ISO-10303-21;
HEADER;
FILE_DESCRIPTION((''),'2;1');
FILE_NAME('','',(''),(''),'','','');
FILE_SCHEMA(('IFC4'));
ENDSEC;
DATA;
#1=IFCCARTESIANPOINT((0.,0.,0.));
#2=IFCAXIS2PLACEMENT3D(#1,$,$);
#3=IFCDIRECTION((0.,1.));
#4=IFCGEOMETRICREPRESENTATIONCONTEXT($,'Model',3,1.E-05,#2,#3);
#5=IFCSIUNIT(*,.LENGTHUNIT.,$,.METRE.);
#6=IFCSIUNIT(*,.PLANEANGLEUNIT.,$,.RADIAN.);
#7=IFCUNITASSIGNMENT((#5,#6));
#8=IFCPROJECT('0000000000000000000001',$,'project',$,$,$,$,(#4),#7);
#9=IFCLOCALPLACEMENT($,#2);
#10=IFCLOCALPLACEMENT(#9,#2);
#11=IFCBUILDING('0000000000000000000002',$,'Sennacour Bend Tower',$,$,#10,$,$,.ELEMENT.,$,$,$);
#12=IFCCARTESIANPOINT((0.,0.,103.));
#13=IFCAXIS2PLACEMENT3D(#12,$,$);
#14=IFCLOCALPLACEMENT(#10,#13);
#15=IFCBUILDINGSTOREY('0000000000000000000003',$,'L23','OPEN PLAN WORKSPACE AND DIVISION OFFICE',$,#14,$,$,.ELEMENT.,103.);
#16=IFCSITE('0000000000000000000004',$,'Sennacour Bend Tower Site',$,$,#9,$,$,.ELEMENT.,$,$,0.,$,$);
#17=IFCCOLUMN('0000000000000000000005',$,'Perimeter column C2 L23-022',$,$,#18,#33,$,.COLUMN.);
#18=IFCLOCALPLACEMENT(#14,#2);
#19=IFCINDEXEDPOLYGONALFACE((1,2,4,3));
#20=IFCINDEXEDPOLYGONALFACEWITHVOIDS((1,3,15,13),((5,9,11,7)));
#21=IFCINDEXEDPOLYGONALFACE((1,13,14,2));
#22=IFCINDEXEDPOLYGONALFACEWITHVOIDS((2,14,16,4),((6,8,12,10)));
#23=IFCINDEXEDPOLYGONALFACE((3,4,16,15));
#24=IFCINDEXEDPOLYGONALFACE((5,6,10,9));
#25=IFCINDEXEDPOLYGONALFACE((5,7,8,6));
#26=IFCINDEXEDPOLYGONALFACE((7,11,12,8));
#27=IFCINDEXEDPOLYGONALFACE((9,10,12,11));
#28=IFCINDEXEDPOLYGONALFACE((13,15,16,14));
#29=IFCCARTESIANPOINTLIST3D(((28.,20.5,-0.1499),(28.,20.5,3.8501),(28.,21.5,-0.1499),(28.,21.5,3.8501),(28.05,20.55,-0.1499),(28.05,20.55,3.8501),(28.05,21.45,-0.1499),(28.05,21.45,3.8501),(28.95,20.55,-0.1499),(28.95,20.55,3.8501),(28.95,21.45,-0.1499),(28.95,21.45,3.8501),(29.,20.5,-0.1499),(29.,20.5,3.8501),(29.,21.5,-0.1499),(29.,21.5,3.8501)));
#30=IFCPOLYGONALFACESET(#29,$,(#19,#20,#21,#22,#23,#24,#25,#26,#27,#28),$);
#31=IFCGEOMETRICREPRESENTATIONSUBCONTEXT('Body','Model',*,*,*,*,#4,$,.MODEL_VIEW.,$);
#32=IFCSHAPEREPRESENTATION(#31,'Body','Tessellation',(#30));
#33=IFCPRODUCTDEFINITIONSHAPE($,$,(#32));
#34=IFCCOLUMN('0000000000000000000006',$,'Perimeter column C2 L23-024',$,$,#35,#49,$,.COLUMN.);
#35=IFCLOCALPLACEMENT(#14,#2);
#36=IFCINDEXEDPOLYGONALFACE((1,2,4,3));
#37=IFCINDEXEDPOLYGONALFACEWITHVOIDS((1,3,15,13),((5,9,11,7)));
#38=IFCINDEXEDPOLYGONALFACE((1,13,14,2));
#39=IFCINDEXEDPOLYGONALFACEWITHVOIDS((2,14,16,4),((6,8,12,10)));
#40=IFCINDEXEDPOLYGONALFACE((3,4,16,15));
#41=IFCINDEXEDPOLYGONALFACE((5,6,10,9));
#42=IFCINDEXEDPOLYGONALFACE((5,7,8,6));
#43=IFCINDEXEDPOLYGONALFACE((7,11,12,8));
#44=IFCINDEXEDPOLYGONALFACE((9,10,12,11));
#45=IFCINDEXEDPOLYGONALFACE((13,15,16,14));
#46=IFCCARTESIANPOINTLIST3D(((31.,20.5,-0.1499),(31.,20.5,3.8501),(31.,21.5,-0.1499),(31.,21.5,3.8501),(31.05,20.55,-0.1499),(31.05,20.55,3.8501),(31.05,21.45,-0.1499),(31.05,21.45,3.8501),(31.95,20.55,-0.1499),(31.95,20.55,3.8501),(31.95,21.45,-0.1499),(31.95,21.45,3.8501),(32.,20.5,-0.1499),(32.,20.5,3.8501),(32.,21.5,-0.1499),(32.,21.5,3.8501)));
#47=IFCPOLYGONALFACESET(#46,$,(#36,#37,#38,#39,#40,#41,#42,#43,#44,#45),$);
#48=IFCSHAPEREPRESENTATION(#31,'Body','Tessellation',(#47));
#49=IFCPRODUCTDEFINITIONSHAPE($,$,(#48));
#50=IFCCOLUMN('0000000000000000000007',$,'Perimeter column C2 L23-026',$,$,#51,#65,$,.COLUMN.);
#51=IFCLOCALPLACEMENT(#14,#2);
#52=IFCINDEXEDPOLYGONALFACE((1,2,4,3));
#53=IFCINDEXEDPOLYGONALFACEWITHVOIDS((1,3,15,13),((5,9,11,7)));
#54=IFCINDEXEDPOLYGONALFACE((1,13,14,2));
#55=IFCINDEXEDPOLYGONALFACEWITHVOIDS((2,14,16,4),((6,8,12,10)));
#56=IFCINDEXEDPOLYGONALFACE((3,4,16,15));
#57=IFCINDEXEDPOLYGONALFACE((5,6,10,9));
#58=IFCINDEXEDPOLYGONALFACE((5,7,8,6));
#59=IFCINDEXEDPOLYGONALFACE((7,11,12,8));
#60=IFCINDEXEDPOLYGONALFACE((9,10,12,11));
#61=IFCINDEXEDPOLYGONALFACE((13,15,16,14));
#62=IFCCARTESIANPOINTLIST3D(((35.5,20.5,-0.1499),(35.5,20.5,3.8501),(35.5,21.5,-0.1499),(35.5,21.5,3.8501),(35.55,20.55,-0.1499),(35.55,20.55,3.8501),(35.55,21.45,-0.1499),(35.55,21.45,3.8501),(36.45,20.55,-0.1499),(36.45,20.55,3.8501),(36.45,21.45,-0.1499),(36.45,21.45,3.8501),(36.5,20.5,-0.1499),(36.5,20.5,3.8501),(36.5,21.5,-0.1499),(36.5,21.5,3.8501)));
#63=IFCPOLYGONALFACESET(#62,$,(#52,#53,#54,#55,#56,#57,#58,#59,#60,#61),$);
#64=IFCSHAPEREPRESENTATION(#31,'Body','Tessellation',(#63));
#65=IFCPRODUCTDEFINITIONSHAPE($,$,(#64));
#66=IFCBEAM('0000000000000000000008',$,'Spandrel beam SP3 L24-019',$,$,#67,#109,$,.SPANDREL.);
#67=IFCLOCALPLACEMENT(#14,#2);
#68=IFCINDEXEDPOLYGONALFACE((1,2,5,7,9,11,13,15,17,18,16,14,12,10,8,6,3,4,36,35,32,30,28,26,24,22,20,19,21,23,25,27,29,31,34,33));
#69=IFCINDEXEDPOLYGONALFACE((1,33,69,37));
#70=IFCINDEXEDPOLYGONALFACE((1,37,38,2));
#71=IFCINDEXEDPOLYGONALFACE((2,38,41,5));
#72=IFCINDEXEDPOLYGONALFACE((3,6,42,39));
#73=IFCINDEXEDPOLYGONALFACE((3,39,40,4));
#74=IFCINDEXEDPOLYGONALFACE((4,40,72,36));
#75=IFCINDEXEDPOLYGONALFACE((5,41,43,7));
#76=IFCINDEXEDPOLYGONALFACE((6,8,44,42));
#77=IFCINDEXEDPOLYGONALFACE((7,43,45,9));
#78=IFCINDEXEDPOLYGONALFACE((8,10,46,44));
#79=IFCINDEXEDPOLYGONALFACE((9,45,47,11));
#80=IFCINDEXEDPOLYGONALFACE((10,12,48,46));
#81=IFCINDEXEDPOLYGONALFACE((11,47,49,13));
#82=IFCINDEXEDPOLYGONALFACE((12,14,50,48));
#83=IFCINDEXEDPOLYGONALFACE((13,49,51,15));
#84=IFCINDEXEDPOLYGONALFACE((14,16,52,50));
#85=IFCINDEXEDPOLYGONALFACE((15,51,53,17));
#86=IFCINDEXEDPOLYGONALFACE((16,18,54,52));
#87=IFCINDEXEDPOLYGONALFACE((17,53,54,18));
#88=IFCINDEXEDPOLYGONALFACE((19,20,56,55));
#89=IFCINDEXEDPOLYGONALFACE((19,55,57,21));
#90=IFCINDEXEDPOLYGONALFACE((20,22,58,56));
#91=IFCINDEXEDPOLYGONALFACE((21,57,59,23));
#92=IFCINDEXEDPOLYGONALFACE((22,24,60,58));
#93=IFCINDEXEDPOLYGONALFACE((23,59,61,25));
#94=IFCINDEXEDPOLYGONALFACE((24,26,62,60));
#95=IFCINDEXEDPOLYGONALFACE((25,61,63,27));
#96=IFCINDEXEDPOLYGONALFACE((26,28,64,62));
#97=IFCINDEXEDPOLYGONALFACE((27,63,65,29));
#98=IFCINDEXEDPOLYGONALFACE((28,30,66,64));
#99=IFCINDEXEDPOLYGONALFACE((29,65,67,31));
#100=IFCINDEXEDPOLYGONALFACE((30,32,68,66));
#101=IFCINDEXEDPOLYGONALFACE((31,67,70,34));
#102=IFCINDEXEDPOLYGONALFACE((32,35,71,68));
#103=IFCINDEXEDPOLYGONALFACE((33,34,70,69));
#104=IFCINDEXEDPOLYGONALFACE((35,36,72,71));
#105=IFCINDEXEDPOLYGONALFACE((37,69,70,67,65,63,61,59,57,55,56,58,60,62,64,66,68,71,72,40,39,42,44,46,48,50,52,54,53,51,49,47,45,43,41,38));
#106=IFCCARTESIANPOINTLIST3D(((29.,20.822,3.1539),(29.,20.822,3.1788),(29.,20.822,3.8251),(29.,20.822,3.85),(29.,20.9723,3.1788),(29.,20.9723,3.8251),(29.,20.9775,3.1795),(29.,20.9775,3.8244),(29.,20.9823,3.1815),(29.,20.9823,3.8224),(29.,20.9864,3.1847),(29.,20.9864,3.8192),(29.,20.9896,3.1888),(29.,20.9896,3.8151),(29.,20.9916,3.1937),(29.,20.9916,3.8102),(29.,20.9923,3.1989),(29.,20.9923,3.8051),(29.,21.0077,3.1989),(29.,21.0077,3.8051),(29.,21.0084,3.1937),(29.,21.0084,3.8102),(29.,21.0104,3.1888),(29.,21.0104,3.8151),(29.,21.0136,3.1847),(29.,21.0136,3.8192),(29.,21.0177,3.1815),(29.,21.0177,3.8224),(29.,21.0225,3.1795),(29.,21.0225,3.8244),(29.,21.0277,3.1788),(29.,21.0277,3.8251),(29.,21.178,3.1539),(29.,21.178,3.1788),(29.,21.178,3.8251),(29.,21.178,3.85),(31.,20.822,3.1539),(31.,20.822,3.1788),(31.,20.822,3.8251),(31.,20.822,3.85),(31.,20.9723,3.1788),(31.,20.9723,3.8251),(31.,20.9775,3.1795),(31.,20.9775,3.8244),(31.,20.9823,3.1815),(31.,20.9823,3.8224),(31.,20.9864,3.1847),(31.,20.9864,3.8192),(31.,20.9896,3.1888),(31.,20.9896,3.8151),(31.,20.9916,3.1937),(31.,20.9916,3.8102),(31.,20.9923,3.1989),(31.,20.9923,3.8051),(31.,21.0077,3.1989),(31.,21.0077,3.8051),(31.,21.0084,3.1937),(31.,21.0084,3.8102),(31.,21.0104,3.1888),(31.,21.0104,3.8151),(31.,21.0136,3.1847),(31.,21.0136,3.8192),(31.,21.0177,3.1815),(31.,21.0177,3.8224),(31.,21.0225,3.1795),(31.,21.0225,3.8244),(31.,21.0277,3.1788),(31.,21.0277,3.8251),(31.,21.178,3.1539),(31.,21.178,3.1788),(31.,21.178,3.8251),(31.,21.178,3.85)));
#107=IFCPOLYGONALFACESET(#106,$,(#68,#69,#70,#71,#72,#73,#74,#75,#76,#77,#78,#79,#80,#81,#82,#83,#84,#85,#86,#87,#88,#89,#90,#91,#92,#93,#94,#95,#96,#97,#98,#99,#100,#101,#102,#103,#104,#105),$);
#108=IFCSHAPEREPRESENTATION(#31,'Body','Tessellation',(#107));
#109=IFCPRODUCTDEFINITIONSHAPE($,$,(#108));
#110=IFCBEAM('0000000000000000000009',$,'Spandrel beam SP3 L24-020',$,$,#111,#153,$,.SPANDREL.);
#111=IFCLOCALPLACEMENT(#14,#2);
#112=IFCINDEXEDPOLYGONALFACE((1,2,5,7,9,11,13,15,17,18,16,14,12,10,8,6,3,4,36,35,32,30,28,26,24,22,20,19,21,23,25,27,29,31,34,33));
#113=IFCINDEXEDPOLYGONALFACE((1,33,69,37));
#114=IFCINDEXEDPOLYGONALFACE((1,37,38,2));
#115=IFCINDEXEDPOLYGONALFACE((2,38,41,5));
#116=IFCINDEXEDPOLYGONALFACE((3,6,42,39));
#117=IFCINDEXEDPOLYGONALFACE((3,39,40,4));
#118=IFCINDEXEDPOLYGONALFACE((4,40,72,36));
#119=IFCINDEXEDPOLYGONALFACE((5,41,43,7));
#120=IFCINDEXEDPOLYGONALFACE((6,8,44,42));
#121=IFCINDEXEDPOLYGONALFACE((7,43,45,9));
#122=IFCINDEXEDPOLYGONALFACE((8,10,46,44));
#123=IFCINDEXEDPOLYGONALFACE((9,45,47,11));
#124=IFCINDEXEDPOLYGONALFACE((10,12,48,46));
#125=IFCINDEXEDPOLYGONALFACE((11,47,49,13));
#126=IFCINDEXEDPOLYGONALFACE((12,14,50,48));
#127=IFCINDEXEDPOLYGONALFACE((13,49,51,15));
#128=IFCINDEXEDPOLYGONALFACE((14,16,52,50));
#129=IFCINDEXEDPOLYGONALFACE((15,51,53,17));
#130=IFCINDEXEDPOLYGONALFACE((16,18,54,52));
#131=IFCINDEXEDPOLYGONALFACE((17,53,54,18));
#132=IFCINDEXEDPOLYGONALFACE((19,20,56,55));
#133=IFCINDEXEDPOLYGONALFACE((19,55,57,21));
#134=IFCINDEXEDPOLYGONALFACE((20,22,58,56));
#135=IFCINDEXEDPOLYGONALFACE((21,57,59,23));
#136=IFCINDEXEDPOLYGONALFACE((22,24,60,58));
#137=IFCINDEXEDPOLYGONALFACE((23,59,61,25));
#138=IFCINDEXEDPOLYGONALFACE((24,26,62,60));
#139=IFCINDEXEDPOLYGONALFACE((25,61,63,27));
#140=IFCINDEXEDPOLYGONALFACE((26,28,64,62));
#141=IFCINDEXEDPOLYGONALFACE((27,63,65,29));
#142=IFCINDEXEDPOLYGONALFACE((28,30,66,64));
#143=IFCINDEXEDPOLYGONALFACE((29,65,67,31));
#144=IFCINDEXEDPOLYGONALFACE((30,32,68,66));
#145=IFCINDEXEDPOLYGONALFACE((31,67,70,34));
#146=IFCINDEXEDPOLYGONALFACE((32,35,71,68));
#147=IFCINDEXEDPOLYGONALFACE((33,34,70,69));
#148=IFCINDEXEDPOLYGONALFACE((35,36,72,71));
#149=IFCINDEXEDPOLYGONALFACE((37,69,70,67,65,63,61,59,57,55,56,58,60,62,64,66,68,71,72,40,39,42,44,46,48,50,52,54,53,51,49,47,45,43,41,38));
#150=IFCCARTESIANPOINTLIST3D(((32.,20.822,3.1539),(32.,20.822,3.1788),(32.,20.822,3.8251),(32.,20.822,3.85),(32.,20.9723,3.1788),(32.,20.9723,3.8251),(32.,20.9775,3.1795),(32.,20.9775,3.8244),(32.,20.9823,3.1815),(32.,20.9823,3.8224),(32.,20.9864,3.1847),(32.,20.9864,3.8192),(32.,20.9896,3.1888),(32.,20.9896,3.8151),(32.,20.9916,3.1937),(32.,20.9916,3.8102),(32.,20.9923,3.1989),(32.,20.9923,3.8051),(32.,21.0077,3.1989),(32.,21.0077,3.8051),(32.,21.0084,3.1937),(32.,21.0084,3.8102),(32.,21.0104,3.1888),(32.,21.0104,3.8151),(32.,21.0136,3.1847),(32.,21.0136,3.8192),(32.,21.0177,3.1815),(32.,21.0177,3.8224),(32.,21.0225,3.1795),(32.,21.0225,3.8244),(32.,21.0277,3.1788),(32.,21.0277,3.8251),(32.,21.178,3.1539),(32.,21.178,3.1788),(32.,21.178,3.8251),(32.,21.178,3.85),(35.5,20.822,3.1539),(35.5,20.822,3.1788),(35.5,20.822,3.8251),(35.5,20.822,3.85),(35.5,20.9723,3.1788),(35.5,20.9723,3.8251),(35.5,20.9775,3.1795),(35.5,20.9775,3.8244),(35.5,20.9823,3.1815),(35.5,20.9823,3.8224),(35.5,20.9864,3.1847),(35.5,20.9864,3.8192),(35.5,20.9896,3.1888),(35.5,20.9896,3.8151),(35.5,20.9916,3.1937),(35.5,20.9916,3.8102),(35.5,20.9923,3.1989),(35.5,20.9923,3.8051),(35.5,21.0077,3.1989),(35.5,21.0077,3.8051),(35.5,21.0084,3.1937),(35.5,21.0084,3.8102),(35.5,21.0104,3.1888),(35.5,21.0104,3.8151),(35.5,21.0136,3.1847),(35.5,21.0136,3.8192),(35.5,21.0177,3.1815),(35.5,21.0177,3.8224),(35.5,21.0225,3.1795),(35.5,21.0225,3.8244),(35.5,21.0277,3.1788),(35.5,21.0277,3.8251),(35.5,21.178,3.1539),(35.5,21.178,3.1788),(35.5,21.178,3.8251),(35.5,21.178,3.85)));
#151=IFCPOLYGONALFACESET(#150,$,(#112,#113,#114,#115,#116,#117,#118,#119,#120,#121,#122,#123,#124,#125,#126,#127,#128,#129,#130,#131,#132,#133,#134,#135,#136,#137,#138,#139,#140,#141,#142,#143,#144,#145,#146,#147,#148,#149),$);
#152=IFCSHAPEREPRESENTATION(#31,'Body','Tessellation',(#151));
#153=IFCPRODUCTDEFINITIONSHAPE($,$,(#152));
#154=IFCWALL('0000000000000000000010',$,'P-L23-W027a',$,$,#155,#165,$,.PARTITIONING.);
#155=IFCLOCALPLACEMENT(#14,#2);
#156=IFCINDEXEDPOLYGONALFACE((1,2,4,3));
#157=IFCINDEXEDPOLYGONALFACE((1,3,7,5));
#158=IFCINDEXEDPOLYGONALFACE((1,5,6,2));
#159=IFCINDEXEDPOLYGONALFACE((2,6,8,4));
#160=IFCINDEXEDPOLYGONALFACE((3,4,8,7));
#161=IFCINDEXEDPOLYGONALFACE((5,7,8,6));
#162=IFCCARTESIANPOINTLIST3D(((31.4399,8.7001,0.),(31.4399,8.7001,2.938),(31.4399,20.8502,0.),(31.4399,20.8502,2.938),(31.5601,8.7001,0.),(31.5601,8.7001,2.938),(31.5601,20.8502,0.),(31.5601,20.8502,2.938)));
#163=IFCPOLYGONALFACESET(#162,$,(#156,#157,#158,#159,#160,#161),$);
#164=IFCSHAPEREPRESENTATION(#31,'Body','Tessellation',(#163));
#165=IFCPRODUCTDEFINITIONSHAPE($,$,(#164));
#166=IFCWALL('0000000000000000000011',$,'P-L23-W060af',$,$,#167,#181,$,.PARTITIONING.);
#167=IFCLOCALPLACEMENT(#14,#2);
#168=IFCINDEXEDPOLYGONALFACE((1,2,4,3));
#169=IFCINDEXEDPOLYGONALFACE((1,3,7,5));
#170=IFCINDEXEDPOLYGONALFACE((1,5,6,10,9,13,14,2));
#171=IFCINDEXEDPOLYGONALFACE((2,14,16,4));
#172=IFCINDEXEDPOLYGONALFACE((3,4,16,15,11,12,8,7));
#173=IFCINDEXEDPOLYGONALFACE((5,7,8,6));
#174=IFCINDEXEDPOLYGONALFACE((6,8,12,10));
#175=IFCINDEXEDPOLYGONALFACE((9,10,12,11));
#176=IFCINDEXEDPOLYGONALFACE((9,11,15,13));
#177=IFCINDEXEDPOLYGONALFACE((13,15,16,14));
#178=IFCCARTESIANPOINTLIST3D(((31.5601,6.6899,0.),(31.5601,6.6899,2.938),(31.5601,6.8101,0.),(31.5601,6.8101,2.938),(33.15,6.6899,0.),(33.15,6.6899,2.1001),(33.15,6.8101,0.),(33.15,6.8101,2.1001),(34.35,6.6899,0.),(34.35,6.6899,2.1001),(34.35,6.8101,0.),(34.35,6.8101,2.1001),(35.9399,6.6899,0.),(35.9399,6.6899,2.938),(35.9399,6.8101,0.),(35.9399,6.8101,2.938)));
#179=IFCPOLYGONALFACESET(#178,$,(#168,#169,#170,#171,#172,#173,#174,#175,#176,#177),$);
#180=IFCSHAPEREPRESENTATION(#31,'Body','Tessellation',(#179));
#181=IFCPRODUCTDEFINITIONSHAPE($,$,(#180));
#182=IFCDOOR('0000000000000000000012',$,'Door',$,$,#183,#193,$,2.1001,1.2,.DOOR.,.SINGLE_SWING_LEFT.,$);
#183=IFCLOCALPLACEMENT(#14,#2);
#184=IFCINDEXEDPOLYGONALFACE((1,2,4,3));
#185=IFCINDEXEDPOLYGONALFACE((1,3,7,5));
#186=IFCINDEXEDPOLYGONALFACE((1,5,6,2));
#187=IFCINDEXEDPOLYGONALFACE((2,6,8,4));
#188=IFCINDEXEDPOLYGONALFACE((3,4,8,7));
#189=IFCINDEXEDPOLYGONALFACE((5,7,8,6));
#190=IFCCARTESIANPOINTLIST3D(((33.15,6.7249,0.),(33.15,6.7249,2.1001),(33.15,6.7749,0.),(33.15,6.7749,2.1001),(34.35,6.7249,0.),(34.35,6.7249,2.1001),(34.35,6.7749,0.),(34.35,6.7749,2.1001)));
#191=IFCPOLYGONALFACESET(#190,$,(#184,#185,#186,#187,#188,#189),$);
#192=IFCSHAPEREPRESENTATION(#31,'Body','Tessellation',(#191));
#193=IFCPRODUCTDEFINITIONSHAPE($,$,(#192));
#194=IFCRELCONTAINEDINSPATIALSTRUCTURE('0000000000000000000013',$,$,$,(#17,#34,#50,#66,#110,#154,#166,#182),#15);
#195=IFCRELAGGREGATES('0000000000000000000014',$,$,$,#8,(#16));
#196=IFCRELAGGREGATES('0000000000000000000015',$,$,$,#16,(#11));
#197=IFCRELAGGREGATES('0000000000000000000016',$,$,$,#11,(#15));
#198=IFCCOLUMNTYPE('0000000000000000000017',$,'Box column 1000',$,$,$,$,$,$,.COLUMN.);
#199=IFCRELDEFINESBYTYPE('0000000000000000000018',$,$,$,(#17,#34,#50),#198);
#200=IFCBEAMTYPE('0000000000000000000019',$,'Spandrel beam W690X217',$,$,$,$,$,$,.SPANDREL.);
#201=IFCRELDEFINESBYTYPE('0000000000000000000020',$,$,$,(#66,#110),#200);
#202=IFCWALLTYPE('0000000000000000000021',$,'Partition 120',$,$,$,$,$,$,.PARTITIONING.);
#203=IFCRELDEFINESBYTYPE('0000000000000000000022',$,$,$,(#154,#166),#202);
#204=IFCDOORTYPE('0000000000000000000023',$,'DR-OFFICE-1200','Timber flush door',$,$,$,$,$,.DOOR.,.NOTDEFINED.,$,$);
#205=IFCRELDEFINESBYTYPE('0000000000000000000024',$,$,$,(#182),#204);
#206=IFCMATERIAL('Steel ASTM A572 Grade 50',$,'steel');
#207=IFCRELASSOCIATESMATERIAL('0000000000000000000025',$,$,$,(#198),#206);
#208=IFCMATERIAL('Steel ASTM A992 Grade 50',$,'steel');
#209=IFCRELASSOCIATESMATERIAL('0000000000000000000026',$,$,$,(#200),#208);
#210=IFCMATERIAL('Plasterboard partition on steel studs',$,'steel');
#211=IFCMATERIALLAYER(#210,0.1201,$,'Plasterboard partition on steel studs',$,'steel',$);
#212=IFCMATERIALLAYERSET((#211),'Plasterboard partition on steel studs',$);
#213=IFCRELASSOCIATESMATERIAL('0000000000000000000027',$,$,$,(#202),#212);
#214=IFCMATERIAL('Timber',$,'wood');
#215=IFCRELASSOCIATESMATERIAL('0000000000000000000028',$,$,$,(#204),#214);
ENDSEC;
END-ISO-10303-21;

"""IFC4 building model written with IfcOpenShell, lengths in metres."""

from ifc_helpers import new_model, si_unit, direction, frame, frame_2d, origin, origin_2d, place, context, subcontext, project, spatial, rectangle, hollow_rectangle, i_section, extrude, material, layer, layer_set, material_profile, profile_set, type_object, element, fill, save


model = new_model("IFC4")

# Units and contexts
model_context = context("Model", 3, precision=1e-05, world=origin(), true_north=direction((0.0, 1.0)))
body_context = subcontext(model_context, "Body", "Model", "MODEL_VIEW")
ifc_project = project(units=[si_unit("LENGTHUNIT", "METRE"), si_unit("PLANEANGLEUNIT", "RADIAN")], contexts=[model_context])

# Site, building, storey
site_placement = place(None, origin())
site = spatial("IfcSite", under=ifc_project, at=site_placement, Name="Sennacour Bend Tower Site", CompositionType="ELEMENT", RefElevation=0.0)
building_placement = place(site_placement, origin())
building = spatial("IfcBuilding", under=site, at=building_placement, Name="Sennacour Bend Tower", CompositionType="ELEMENT")
storey_placement = place(building_placement, frame((0.0, 0.0, 103.0)))
storey = spatial("IfcBuildingStorey", under=building, at=storey_placement, Name="L23", Description="OPEN PLAN WORKSPACE AND DIVISION OFFICE", CompositionType="ELEMENT", Elevation=103.0)

# Columns
ifc_material_1 = material(Name="Steel ASTM A572 Grade 50", Category="steel")
ifc_material_profile_1 = material_profile(ifc_material_1, hollow_rectangle(XDim=1.0, YDim=1.0, WallThickness=0.05, at=origin_2d()), Name="Steel ASTM A572 Grade 50", Category="steel")
ifc_profile_set_1 = profile_set([ifc_material_profile_1], Name="Steel ASTM A572 Grade 50")
column_type = type_object("IfcColumnType", Name="Box column 1000", PredefinedType="COLUMN", material=ifc_profile_set_1)
for number, where, z_axis, x_axis, name in (
    (1, (28.5, 21.0, -0.1499), (0.0, 0.0, 1.0), (1.0, 0.0, 0.0), "Perimeter column C2 L23-022"),
    (2, (31.5, 21.0, -0.1499), (0.0, 0.0, 1.0), (1.0, 0.0, 0.0), "Perimeter column C2 L23-024"),
    (3, (36.0, 21.0, -0.1499), (0.0, 0.0, 1.0), (1.0, 0.0, 0.0), "Perimeter column C2 L23-026"),
):
    element("IfcColumn", number, at=place(storey_placement, frame(where, z_axis=z_axis, x_axis=x_axis)), inside=storey, type_object=column_type, Name=name, PredefinedType="COLUMN", context=body_context, shape_type="SweptSolid", body=[
        extrude(hollow_rectangle(XDim=1.0, YDim=1.0, WallThickness=0.05, at=origin_2d()), origin(), (0.0, 0.0, 1.0), 4.0),
    ])

# Beams
ifc_material_2 = material(Name="Steel ASTM A992 Grade 50", Category="steel")
ifc_material_profile_2 = material_profile(ifc_material_2, i_section(OverallWidth=0.356, OverallDepth=0.696, WebThickness=0.0154, FlangeThickness=0.0249, FilletRadius=0.02, at=origin_2d()), Name="Steel ASTM A992 Grade 50", Category="steel")
ifc_profile_set_2 = profile_set([ifc_material_profile_2], Name="Steel ASTM A992 Grade 50")
beam_type = type_object("IfcBeamType", Name="Spandrel beam W690X217", PredefinedType="SPANDREL", material=ifc_profile_set_2)
beam_1_placement = place(storey_placement, frame((29.0, 21.0, 3.502), z_axis=(1.0, 0.0, 0.0), x_axis=(0.0, 1.0, 0.0)))
element("IfcBeam", 4, at=beam_1_placement, inside=storey, type_object=beam_type, Name="Spandrel beam SP3 L24-019", PredefinedType="SPANDREL", context=body_context, shape_type="SweptSolid", body=[
    extrude(i_section(OverallWidth=0.356, OverallDepth=0.696, WebThickness=0.0154, FlangeThickness=0.0249, FilletRadius=0.02, at=origin_2d()), origin(), (0.0, 0.0, 1.0), 2.0),
])
beam_2_placement = place(storey_placement, frame((32.0, 21.0, 3.502), z_axis=(1.0, 0.0, 0.0), x_axis=(0.0, 1.0, 0.0)))
element("IfcBeam", 5, at=beam_2_placement, inside=storey, type_object=beam_type, Name="Spandrel beam SP3 L24-020", PredefinedType="SPANDREL", context=body_context, shape_type="SweptSolid", body=[
    extrude(i_section(OverallWidth=0.356, OverallDepth=0.696, WebThickness=0.0154, FlangeThickness=0.0249, FilletRadius=0.02, at=origin_2d()), origin(), (0.0, 0.0, 1.0), 3.5),
])

# Wall
ifc_material_3 = material(Name="Plasterboard partition on steel studs", Category="steel")
ifc_layer_1 = layer(ifc_material_3, 0.1201, Name="Plasterboard partition on steel studs", Category="steel")
ifc_layer_set_1 = layer_set([ifc_layer_1], Name="Plasterboard partition on steel studs")
wall_type_1 = type_object("IfcWallType", Name="Partition 120", PredefinedType="PARTITIONING", material=ifc_layer_set_1)
wall_1_placement = place(storey_placement, frame((31.5, 8.7, 0.0), z_axis=(0.0, 0.0, 1.0), x_axis=(0.0, 1.0, 0.0)))
element("IfcWall", 6, at=wall_1_placement, inside=storey, type_object=wall_type_1, Name="P-L23-W027a", PredefinedType="PARTITIONING", context=body_context, shape_type="SweptSolid", body=[
    extrude(rectangle(XDim=12.1501, YDim=0.1201, at=frame_2d((6.0752, 0.0))), origin(), (0.0, 0.0, 1.0), 2.938),
])

# Wall, opening, door
wall_2_placement = place(storey_placement, frame((31.5601, 6.75, 0.0), z_axis=(0.0, 0.0, 1.0), x_axis=(1.0, 0.0, 0.0)))
wall_2 = element("IfcWall", 7, at=wall_2_placement, inside=storey, type_object=wall_type_1, Name="P-L23-W060af", PredefinedType="PARTITIONING", context=body_context, shape_type="SweptSolid", body=[
    extrude(rectangle(XDim=4.3799, YDim=0.1201, at=frame_2d((2.1899, 0.0))), origin(), (0.0, 0.0, 1.0), 2.938),
])
opening_1_placement = place(wall_2_placement, frame((1.5898, 0.0, 0.0)))
opening_1 = element("IfcOpeningElement", 8, at=opening_1_placement, cuts=wall_2, PredefinedType="OPENING", context=body_context, shape_type="SweptSolid", body=[
    extrude(rectangle(XDim=1.2, YDim=2.1001, at=frame_2d((0.6001, 1.05))), frame((0.0, 0.0701, 0.0), z_axis=(0.0, -1.0, 0.0), x_axis=(1.0, 0.0, 0.0)), (0.0, 0.0, 1.0), 0.1401),
])
ifc_material_4 = material(Name="Timber", Category="wood")
door_type_1 = type_object("IfcDoorType", Name="DR-OFFICE-1200", Description="Timber flush door", OperationType="NOTDEFINED", PredefinedType="DOOR", material=ifc_material_4)
door_1_placement = place(opening_1_placement, origin())
door_1 = element("IfcDoor", 9, at=door_1_placement, inside=storey, type_object=door_type_1, Name="Door", OperationType="SINGLE_SWING_LEFT", OverallHeight=2.1001, OverallWidth=1.2, PredefinedType="DOOR", context=body_context, shape_type="SweptSolid", body=[
    extrude(rectangle(XDim=1.2, YDim=2.1001, at=frame_2d((0.6001, 1.05))), frame((0.0, 0.0249, 0.0), z_axis=(0.0, -1.0, 0.0), x_axis=(1.0, 0.0, 0.0)), (0.0, 0.0, 1.0), 0.05),
])
fill(opening_1, door_1)

save(model, "model.ifc")
